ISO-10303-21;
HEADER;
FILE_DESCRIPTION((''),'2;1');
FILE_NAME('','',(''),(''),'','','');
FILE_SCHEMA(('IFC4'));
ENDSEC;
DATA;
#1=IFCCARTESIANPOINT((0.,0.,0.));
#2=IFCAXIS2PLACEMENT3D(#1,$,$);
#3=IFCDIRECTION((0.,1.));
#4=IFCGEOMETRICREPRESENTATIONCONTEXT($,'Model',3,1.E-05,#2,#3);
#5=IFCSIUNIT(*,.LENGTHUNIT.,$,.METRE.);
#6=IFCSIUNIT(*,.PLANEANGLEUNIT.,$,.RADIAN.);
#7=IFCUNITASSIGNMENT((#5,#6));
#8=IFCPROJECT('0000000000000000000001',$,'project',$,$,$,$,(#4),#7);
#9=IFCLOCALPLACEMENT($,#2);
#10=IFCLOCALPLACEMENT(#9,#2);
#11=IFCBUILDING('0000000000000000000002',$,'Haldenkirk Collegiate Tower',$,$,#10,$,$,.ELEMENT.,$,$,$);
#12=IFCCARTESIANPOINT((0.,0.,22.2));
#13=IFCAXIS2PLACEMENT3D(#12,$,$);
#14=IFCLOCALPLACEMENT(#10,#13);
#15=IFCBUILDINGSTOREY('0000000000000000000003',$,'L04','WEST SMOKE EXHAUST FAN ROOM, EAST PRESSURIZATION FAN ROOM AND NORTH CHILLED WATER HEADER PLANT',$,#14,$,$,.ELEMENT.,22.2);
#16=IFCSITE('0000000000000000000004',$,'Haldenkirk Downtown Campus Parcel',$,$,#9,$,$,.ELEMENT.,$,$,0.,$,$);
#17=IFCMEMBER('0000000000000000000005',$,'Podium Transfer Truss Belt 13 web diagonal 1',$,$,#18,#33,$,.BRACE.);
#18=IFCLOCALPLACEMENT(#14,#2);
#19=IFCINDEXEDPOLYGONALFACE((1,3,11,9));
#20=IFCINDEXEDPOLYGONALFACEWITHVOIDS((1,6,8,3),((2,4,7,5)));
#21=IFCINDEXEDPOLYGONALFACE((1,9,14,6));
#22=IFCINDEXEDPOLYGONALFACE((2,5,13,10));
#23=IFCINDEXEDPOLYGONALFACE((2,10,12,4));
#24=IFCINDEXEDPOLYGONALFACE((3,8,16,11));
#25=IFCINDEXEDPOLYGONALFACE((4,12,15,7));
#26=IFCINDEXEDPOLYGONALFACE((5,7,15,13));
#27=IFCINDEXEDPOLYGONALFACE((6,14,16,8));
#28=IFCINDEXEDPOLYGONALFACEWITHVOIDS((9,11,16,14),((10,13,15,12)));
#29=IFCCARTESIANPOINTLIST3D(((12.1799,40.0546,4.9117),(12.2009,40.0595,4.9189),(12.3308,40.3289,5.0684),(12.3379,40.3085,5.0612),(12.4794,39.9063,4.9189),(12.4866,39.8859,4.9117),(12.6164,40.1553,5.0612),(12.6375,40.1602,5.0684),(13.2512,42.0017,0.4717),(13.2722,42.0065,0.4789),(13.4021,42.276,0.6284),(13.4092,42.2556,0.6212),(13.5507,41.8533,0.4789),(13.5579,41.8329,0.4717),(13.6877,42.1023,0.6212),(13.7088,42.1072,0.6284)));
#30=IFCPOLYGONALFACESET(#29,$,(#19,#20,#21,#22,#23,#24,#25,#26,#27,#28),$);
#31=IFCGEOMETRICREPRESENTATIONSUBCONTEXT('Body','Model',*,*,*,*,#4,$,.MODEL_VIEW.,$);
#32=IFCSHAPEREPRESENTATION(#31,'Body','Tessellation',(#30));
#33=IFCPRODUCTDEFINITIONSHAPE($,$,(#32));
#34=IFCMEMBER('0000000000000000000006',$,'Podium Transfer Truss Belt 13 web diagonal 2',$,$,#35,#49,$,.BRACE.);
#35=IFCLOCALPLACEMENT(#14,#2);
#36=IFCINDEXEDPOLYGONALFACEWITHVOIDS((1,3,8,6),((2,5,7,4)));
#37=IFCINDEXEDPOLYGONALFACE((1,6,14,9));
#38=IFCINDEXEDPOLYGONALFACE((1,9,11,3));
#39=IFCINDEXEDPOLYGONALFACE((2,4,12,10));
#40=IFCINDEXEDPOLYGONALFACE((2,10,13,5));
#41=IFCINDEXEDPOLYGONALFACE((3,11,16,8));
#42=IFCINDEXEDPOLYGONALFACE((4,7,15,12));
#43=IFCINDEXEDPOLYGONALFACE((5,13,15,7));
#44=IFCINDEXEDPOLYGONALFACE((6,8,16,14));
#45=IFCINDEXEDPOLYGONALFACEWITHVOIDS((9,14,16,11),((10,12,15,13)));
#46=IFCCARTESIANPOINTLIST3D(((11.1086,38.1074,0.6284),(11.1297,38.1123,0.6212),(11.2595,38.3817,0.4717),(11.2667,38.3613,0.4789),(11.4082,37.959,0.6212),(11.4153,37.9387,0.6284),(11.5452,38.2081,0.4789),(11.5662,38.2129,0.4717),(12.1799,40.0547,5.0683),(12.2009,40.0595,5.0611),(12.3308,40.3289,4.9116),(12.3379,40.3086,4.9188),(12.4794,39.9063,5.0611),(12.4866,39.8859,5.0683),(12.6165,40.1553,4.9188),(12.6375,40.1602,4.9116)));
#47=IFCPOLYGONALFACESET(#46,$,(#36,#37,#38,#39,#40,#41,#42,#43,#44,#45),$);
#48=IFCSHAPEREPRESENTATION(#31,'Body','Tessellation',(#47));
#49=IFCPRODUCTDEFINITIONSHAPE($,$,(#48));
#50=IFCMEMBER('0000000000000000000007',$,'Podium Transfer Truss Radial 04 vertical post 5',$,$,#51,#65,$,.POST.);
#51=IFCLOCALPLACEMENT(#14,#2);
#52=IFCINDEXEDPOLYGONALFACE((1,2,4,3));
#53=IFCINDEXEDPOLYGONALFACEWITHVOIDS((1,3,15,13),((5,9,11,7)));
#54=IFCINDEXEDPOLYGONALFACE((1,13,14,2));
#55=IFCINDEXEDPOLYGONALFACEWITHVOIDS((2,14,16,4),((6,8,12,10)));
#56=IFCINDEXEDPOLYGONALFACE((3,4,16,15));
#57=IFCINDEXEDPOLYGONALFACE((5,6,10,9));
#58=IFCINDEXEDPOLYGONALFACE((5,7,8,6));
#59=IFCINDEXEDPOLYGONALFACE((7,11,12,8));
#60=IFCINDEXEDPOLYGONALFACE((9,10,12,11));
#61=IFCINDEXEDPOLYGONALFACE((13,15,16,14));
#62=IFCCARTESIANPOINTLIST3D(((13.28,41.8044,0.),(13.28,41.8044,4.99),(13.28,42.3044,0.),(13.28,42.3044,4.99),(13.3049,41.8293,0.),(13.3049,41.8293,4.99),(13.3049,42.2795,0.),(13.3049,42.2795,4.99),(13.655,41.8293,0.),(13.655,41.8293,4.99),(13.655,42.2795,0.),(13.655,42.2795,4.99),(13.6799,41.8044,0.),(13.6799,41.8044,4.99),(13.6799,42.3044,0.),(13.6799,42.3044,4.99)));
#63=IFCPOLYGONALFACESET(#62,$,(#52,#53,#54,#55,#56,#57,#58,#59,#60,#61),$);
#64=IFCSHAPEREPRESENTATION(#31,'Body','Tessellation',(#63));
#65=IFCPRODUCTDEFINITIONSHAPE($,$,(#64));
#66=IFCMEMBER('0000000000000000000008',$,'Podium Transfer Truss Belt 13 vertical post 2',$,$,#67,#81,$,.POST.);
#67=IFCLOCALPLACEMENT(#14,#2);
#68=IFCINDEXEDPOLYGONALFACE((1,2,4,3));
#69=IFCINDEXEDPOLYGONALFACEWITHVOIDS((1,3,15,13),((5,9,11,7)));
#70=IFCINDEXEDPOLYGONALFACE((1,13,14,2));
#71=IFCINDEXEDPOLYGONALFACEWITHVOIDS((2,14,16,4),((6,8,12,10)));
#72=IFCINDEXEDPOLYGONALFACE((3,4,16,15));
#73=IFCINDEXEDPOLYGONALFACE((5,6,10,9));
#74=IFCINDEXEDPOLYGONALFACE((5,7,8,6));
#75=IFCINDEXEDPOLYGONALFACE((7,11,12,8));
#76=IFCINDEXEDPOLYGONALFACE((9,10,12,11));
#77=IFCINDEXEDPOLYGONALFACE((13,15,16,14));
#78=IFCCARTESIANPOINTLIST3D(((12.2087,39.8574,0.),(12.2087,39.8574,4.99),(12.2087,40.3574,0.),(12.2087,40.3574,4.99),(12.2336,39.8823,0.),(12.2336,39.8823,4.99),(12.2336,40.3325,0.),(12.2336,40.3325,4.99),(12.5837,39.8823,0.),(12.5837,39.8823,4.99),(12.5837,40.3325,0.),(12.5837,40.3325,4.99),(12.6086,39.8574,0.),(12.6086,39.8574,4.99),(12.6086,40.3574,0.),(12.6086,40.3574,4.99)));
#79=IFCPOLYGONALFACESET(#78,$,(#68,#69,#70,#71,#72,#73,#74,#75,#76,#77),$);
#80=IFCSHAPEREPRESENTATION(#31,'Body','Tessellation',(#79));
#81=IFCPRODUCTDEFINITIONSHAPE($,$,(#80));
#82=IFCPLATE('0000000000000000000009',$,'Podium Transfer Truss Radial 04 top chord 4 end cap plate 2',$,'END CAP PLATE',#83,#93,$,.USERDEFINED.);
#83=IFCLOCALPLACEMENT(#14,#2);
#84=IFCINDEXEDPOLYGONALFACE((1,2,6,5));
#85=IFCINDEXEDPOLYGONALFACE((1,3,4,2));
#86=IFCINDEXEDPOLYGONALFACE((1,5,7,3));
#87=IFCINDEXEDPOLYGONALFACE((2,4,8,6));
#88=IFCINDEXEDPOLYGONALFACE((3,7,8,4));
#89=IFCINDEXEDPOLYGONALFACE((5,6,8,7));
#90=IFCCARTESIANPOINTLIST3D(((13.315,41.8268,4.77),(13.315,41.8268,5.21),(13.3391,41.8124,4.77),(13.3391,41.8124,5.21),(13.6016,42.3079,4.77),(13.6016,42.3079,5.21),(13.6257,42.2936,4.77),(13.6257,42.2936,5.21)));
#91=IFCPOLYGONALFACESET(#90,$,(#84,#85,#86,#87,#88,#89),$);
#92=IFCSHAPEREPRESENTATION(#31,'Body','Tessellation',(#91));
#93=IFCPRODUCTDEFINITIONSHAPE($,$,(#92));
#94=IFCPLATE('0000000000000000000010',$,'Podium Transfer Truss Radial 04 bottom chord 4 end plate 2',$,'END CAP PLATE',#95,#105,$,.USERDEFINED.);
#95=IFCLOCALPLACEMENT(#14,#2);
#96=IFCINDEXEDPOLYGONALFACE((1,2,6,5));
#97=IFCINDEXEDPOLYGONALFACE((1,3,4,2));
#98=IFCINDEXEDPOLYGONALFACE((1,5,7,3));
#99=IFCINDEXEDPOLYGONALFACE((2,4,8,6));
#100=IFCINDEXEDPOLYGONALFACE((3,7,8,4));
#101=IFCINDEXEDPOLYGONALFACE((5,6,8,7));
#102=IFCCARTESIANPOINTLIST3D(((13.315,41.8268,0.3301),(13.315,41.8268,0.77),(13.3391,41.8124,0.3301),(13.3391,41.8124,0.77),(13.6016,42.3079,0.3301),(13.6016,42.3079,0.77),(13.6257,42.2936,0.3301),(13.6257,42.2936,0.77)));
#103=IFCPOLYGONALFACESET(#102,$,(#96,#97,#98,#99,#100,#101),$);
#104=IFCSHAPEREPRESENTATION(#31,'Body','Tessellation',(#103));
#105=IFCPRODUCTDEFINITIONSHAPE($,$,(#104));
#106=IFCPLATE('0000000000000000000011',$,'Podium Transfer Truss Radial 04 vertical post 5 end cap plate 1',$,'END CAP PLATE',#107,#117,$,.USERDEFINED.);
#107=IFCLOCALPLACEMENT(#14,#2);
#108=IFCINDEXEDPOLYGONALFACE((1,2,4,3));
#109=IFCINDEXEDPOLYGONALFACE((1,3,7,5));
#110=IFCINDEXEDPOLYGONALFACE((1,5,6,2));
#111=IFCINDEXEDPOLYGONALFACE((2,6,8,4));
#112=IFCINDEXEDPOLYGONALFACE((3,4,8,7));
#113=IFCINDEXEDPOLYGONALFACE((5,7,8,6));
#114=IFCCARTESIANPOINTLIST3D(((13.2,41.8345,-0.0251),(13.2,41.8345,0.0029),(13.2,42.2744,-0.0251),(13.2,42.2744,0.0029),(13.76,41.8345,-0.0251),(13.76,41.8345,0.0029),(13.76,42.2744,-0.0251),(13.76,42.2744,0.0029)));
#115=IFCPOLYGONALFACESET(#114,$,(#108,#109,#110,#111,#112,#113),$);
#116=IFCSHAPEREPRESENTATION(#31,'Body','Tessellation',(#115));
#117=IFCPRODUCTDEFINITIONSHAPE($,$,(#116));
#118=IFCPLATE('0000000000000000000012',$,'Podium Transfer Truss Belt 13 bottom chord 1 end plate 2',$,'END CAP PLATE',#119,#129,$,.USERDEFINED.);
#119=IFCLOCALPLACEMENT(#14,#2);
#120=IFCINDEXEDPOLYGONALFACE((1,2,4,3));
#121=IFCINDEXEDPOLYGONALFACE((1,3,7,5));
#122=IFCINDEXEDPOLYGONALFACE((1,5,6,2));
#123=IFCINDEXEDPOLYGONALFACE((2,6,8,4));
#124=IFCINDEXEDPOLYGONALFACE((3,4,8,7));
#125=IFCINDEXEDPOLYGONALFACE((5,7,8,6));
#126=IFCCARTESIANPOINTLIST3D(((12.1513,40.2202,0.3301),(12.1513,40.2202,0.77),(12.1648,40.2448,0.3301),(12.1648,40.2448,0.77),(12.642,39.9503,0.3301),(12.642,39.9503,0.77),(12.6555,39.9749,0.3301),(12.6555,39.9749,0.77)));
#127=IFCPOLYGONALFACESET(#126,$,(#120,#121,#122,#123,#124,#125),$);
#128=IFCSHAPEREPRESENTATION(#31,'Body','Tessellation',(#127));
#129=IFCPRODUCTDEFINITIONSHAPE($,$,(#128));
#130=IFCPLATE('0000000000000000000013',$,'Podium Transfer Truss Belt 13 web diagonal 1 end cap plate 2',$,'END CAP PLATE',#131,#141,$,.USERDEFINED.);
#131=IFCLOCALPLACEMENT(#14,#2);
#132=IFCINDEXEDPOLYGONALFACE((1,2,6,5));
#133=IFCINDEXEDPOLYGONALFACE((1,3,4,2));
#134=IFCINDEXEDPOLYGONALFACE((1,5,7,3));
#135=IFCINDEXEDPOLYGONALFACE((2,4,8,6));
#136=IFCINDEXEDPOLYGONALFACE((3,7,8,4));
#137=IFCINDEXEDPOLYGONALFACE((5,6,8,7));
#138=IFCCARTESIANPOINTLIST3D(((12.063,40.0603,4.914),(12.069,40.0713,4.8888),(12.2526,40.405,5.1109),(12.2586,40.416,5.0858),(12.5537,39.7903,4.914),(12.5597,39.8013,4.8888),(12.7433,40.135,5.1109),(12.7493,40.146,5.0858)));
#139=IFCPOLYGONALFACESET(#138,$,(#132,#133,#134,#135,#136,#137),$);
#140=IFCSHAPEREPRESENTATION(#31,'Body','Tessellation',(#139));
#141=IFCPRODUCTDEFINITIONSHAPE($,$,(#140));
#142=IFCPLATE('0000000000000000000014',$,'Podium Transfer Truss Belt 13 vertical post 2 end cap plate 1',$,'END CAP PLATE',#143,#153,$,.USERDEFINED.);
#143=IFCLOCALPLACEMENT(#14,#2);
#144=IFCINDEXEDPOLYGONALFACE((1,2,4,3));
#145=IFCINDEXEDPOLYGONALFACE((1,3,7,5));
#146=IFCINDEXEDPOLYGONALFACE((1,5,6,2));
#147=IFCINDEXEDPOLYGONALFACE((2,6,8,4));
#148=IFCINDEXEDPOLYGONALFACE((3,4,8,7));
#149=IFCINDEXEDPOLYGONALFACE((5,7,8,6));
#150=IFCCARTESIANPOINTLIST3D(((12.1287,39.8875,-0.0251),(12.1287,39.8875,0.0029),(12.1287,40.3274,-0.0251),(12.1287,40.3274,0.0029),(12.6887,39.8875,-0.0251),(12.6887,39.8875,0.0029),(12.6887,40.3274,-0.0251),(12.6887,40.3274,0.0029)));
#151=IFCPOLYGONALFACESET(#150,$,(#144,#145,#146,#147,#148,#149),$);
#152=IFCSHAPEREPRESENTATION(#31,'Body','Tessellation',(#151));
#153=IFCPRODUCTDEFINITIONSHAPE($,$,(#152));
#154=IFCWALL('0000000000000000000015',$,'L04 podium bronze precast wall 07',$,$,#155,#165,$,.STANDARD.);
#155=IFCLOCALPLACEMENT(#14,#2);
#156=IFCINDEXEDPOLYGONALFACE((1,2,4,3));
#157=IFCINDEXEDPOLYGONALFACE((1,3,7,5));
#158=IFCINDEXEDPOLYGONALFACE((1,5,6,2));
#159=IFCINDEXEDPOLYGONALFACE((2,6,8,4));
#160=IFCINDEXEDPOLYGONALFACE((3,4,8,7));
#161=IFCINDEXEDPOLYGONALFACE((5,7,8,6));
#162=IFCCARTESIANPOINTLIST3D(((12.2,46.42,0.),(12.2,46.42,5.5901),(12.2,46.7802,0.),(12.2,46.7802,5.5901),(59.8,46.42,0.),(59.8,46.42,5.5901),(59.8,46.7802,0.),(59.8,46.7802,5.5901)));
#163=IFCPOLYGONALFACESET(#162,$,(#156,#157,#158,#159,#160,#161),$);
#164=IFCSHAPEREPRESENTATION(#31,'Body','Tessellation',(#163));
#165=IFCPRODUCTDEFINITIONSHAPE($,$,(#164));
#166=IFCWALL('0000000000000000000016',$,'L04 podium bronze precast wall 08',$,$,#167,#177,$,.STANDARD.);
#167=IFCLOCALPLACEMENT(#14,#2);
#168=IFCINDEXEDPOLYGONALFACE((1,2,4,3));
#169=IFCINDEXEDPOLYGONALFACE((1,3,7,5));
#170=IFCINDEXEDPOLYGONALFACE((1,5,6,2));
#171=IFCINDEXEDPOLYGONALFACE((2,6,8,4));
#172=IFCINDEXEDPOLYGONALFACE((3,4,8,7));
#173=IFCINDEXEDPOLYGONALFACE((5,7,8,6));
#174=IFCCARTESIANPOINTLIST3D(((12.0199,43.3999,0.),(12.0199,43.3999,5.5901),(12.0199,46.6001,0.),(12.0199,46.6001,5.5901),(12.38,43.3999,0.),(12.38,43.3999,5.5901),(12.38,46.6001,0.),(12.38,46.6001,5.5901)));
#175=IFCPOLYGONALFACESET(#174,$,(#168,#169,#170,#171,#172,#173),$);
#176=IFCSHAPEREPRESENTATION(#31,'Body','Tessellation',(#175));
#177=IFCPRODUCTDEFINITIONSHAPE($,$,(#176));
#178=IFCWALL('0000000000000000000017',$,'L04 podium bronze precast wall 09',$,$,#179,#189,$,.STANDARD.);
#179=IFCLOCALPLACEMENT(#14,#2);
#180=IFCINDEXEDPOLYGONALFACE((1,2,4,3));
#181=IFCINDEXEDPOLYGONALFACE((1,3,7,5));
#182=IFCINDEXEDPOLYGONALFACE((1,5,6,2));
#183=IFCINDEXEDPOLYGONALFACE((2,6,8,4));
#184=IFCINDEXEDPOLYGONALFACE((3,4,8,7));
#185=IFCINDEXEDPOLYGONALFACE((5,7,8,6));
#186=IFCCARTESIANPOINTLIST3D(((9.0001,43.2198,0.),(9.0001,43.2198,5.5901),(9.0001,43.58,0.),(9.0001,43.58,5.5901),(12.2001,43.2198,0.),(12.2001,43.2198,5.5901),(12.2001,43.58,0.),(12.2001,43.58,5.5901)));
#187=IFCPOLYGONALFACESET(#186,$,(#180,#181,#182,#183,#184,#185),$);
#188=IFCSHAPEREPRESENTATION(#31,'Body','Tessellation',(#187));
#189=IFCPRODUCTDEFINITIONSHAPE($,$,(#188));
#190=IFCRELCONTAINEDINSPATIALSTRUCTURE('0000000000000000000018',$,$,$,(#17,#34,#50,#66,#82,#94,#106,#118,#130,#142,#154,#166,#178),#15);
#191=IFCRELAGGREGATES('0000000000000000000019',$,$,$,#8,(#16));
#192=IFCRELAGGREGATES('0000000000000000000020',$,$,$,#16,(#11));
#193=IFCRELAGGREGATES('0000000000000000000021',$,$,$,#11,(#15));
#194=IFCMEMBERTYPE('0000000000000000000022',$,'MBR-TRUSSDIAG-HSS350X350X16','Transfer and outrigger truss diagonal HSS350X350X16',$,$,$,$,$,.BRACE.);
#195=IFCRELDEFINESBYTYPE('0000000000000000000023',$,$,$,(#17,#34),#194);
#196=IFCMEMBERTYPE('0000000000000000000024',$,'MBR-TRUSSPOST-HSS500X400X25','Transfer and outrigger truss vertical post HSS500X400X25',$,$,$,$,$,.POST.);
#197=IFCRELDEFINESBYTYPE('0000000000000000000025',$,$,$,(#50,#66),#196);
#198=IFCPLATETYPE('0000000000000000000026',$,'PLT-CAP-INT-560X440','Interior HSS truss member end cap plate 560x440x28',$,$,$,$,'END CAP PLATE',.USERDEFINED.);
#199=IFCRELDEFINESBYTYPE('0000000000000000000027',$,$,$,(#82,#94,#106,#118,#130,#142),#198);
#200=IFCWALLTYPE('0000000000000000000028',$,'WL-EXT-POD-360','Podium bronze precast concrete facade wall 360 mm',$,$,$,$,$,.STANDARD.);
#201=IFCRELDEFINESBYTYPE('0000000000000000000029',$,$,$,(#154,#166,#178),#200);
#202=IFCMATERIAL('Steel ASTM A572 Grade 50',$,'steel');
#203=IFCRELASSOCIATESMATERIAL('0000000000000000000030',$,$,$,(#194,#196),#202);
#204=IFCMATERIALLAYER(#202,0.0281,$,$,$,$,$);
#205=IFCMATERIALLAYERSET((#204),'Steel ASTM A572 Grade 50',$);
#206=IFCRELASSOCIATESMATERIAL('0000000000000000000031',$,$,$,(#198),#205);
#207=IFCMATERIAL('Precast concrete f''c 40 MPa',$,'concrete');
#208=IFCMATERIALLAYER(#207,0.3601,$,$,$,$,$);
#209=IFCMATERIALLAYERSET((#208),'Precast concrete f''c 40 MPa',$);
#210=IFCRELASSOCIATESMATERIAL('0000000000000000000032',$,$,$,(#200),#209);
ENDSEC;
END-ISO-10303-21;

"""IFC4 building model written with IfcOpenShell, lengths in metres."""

from ifc_helpers import new_model, si_unit, direction, frame, frame_2d, origin, origin_2d, place, context, subcontext, project, spatial, rectangle, hollow_rectangle, extrude, source, transform, mapped, material, layer, layer_set, material_profile, profile_set, type_object, element, save


model = new_model("IFC4")

# Units and contexts
model_context = context("Model", 3, precision=1e-05, world=origin(), true_north=direction((0.0, 1.0)))
body_context = subcontext(model_context, "Body", "Model", "MODEL_VIEW")
ifc_project = project(units=[si_unit("LENGTHUNIT", "METRE"), si_unit("PLANEANGLEUNIT", "RADIAN")], contexts=[model_context])

# Site, building, storey
site_placement = place(None, origin())
site = spatial("IfcSite", under=ifc_project, at=site_placement, Name="Haldenkirk Downtown Campus Parcel", CompositionType="ELEMENT", RefElevation=0.0)
building_placement = place(site_placement, origin())
building = spatial("IfcBuilding", under=site, at=building_placement, Name="Haldenkirk Collegiate Tower", CompositionType="ELEMENT")
storey_placement = place(building_placement, frame((0.0, 0.0, 22.2)))
storey = spatial("IfcBuildingStorey", under=building, at=storey_placement, Name="L04", Description="WEST SMOKE EXHAUST FAN ROOM, EAST PRESSURIZATION FAN ROOM AND NORTH CHILLED WATER HEADER PLANT", CompositionType="ELEMENT", Elevation=22.2)

# Shared definitions
ifc_material_1 = material(Name="Steel ASTM A572 Grade 50", Category="steel")

# Members
ifc_material_profile_1 = material_profile(ifc_material_1, hollow_rectangle(XDim=0.3501, YDim=0.3501, WallThickness=0.0161, at=origin_2d()), Name="HSS350X350X16")
ifc_profile_set_1 = profile_set([ifc_material_profile_1], Name="Steel ASTM A572 Grade 50")
member_type_1 = type_object("IfcMemberType", Name="MBR-TRUSSDIAG-HSS350X350X16", Description="Transfer and outrigger truss diagonal HSS350X350X16", PredefinedType="BRACE", material=ifc_profile_set_1)
for number, where, z_axis, x_axis, name in (
    (1, (13.48, 42.0544, 0.55), (-0.215766, -0.392146, 0.894241), (0.876135, -0.482066, 0.0), "Podium Transfer Truss Belt 13 web diagonal 1"),
    (2, (12.4087, 40.1074, 4.99), (-0.215762, -0.392188, -0.894223), (0.87616, -0.48202, 0.0), "Podium Transfer Truss Belt 13 web diagonal 2"),
):
    element("IfcMember", number, at=place(storey_placement, frame(where, z_axis=z_axis, x_axis=x_axis)), inside=storey, type_object=member_type_1, Name=name, PredefinedType="BRACE", context=body_context, shape_type="SweptSolid", body=[
        extrude(hollow_rectangle(XDim=0.3501, YDim=0.3501, WallThickness=0.0161, at=origin_2d()), origin(), (0.0, 0.0, 1.0), 4.9651),
    ])
ifc_material_profile_2 = material_profile(ifc_material_1, hollow_rectangle(XDim=0.3999, YDim=0.5, WallThickness=0.0249, at=origin_2d()), Name="HSS500X400X25")
ifc_profile_set_2 = profile_set([ifc_material_profile_2], Name="Steel ASTM A572 Grade 50")
member_type_2 = type_object("IfcMemberType", Name="MBR-TRUSSPOST-HSS500X400X25", Description="Transfer and outrigger truss vertical post HSS500X400X25", PredefinedType="POST", material=ifc_profile_set_2)
for number, where, z_axis, x_axis, name in (
    (3, (13.48, 42.0544, 0.0), (0.0, 0.0, 1.0), (1.0, 0.0, 0.0), "Podium Transfer Truss Radial 04 vertical post 5"),
    (4, (12.4087, 40.1074, 0.0), (0.0, 0.0, 1.0), (1.0, 0.0, 0.0), "Podium Transfer Truss Belt 13 vertical post 2"),
):
    element("IfcMember", number, at=place(storey_placement, frame(where, z_axis=z_axis, x_axis=x_axis)), inside=storey, type_object=member_type_2, Name=name, PredefinedType="POST", context=body_context, shape_type="SweptSolid", body=[
        extrude(hollow_rectangle(XDim=0.3999, YDim=0.5, WallThickness=0.0249, at=origin_2d()), origin(), (0.0, 0.0, 1.0), 4.99),
    ])

# Plates
ifc_layer_1 = layer(ifc_material_1, 0.0281)
ifc_layer_set_1 = layer_set([ifc_layer_1], Name="Steel ASTM A572 Grade 50")
plate_type = type_object("IfcPlateType", Name="PLT-CAP-INT-560X440", Description="Interior HSS truss member end cap plate 560x440x28", ElementType="END CAP PLATE", PredefinedType="USERDEFINED", material=ifc_layer_set_1)
shared_shape = source(origin(), body_context, "Body", "SweptSolid", [
    extrude(rectangle(XDim=0.5601, YDim=0.4399, at=origin_2d()), origin(), (0.0, 0.0, 1.0), 0.0281),
])
for number, where, z_axis, x_axis, name in (
    (5, (13.4824, 42.053, 4.99), (-0.859108, 0.511794, 0.0), (-0.511794, -0.859108, 0.0), "Podium Transfer Truss Radial 04 top chord 4 end cap plate 2"),
    (6, (13.4824, 42.053, 0.55), (-0.859104, 0.511801, 0.0), (-0.511801, -0.859104, 0.0), "Podium Transfer Truss Radial 04 bottom chord 4 end plate 2"),
    (7, (13.48, 42.0544, 0.0029), (0.0, 0.0, -1.0), (1.0, 0.0, 0.0), "Podium Transfer Truss Radial 04 vertical post 5 end cap plate 1"),
    (8, (12.4102, 40.1099, 0.55), (-0.48202, -0.87616, 0.0), (0.87616, -0.48202, 0.0), "Podium Transfer Truss Belt 13 bottom chord 1 end plate 2"),
    (9, (12.4092, 40.1086, 4.9873), (-0.215744, -0.392174, 0.894234), (0.87617, -0.482002, 0.0), "Podium Transfer Truss Belt 13 web diagonal 1 end cap plate 2"),
    (10, (12.4087, 40.1074, 0.0029), (0.0, 0.0, -1.0), (1.0, 0.0, 0.0), "Podium Transfer Truss Belt 13 vertical post 2 end cap plate 1"),
):
    element("IfcPlate", number, at=place(storey_placement, frame(where, z_axis=z_axis, x_axis=x_axis)), inside=storey, type_object=plate_type, Name=name, ObjectType="END CAP PLATE", PredefinedType="USERDEFINED", context=body_context, shape_type="MappedRepresentation", body=[
        mapped(shared_shape, transform((0.0, 0.0, 0.0), x_axis=(1.0, 0.0, 0.0), y_axis=(0.0, 1.0, 0.0), z_axis=(0.0, 0.0, 1.0), scale=1.0)),
    ])

# Walls
ifc_material_2 = material(Name="Precast concrete f'c 40 MPa", Category="concrete")
ifc_layer_2 = layer(ifc_material_2, 0.3601)
ifc_layer_set_2 = layer_set([ifc_layer_2], Name="Precast concrete f'c 40 MPa")
wall_type = type_object("IfcWallType", Name="WL-EXT-POD-360", Description="Podium bronze precast concrete facade wall 360 mm", PredefinedType="STANDARD", material=ifc_layer_set_2)
wall_1_placement = place(storey_placement, frame((12.2, 46.6001, 0.0), z_axis=(0.0, 0.0, 1.0), x_axis=(1.0, 0.0, 0.0)))
element("IfcWall", 11, at=wall_1_placement, inside=storey, type_object=wall_type, Name="L04 podium bronze precast wall 07", PredefinedType="STANDARD", context=body_context, shape_type="SweptSolid", body=[
    extrude(rectangle(XDim=47.6001, YDim=0.3601, at=frame_2d((23.8, 0.0))), origin(), (0.0, 0.0, 1.0), 5.5901),
])
wall_2_placement = place(storey_placement, frame((12.2, 43.3999, 0.0), z_axis=(0.0, 0.0, 1.0), x_axis=(0.0, 1.0, 0.0)))
element("IfcWall", 12, at=wall_2_placement, inside=storey, type_object=wall_type, Name="L04 podium bronze precast wall 08", PredefinedType="STANDARD", context=body_context, shape_type="SweptSolid", body=[
    extrude(rectangle(XDim=3.2002, YDim=0.3601, at=frame_2d((1.6001, 0.0))), origin(), (0.0, 0.0, 1.0), 5.5901),
])
wall_3_placement = place(storey_placement, frame((9.0, 43.3999, 0.0), z_axis=(0.0, 0.0, 1.0), x_axis=(1.0, 0.0, 0.0)))
element("IfcWall", 13, at=wall_3_placement, inside=storey, type_object=wall_type, Name="L04 podium bronze precast wall 09", PredefinedType="STANDARD", context=body_context, shape_type="SweptSolid", body=[
    extrude(rectangle(XDim=3.2, YDim=0.3601, at=frame_2d((1.6001, 0.0))), origin(), (0.0, 0.0, 1.0), 5.5901),
])

save(model, "model.ifc")
